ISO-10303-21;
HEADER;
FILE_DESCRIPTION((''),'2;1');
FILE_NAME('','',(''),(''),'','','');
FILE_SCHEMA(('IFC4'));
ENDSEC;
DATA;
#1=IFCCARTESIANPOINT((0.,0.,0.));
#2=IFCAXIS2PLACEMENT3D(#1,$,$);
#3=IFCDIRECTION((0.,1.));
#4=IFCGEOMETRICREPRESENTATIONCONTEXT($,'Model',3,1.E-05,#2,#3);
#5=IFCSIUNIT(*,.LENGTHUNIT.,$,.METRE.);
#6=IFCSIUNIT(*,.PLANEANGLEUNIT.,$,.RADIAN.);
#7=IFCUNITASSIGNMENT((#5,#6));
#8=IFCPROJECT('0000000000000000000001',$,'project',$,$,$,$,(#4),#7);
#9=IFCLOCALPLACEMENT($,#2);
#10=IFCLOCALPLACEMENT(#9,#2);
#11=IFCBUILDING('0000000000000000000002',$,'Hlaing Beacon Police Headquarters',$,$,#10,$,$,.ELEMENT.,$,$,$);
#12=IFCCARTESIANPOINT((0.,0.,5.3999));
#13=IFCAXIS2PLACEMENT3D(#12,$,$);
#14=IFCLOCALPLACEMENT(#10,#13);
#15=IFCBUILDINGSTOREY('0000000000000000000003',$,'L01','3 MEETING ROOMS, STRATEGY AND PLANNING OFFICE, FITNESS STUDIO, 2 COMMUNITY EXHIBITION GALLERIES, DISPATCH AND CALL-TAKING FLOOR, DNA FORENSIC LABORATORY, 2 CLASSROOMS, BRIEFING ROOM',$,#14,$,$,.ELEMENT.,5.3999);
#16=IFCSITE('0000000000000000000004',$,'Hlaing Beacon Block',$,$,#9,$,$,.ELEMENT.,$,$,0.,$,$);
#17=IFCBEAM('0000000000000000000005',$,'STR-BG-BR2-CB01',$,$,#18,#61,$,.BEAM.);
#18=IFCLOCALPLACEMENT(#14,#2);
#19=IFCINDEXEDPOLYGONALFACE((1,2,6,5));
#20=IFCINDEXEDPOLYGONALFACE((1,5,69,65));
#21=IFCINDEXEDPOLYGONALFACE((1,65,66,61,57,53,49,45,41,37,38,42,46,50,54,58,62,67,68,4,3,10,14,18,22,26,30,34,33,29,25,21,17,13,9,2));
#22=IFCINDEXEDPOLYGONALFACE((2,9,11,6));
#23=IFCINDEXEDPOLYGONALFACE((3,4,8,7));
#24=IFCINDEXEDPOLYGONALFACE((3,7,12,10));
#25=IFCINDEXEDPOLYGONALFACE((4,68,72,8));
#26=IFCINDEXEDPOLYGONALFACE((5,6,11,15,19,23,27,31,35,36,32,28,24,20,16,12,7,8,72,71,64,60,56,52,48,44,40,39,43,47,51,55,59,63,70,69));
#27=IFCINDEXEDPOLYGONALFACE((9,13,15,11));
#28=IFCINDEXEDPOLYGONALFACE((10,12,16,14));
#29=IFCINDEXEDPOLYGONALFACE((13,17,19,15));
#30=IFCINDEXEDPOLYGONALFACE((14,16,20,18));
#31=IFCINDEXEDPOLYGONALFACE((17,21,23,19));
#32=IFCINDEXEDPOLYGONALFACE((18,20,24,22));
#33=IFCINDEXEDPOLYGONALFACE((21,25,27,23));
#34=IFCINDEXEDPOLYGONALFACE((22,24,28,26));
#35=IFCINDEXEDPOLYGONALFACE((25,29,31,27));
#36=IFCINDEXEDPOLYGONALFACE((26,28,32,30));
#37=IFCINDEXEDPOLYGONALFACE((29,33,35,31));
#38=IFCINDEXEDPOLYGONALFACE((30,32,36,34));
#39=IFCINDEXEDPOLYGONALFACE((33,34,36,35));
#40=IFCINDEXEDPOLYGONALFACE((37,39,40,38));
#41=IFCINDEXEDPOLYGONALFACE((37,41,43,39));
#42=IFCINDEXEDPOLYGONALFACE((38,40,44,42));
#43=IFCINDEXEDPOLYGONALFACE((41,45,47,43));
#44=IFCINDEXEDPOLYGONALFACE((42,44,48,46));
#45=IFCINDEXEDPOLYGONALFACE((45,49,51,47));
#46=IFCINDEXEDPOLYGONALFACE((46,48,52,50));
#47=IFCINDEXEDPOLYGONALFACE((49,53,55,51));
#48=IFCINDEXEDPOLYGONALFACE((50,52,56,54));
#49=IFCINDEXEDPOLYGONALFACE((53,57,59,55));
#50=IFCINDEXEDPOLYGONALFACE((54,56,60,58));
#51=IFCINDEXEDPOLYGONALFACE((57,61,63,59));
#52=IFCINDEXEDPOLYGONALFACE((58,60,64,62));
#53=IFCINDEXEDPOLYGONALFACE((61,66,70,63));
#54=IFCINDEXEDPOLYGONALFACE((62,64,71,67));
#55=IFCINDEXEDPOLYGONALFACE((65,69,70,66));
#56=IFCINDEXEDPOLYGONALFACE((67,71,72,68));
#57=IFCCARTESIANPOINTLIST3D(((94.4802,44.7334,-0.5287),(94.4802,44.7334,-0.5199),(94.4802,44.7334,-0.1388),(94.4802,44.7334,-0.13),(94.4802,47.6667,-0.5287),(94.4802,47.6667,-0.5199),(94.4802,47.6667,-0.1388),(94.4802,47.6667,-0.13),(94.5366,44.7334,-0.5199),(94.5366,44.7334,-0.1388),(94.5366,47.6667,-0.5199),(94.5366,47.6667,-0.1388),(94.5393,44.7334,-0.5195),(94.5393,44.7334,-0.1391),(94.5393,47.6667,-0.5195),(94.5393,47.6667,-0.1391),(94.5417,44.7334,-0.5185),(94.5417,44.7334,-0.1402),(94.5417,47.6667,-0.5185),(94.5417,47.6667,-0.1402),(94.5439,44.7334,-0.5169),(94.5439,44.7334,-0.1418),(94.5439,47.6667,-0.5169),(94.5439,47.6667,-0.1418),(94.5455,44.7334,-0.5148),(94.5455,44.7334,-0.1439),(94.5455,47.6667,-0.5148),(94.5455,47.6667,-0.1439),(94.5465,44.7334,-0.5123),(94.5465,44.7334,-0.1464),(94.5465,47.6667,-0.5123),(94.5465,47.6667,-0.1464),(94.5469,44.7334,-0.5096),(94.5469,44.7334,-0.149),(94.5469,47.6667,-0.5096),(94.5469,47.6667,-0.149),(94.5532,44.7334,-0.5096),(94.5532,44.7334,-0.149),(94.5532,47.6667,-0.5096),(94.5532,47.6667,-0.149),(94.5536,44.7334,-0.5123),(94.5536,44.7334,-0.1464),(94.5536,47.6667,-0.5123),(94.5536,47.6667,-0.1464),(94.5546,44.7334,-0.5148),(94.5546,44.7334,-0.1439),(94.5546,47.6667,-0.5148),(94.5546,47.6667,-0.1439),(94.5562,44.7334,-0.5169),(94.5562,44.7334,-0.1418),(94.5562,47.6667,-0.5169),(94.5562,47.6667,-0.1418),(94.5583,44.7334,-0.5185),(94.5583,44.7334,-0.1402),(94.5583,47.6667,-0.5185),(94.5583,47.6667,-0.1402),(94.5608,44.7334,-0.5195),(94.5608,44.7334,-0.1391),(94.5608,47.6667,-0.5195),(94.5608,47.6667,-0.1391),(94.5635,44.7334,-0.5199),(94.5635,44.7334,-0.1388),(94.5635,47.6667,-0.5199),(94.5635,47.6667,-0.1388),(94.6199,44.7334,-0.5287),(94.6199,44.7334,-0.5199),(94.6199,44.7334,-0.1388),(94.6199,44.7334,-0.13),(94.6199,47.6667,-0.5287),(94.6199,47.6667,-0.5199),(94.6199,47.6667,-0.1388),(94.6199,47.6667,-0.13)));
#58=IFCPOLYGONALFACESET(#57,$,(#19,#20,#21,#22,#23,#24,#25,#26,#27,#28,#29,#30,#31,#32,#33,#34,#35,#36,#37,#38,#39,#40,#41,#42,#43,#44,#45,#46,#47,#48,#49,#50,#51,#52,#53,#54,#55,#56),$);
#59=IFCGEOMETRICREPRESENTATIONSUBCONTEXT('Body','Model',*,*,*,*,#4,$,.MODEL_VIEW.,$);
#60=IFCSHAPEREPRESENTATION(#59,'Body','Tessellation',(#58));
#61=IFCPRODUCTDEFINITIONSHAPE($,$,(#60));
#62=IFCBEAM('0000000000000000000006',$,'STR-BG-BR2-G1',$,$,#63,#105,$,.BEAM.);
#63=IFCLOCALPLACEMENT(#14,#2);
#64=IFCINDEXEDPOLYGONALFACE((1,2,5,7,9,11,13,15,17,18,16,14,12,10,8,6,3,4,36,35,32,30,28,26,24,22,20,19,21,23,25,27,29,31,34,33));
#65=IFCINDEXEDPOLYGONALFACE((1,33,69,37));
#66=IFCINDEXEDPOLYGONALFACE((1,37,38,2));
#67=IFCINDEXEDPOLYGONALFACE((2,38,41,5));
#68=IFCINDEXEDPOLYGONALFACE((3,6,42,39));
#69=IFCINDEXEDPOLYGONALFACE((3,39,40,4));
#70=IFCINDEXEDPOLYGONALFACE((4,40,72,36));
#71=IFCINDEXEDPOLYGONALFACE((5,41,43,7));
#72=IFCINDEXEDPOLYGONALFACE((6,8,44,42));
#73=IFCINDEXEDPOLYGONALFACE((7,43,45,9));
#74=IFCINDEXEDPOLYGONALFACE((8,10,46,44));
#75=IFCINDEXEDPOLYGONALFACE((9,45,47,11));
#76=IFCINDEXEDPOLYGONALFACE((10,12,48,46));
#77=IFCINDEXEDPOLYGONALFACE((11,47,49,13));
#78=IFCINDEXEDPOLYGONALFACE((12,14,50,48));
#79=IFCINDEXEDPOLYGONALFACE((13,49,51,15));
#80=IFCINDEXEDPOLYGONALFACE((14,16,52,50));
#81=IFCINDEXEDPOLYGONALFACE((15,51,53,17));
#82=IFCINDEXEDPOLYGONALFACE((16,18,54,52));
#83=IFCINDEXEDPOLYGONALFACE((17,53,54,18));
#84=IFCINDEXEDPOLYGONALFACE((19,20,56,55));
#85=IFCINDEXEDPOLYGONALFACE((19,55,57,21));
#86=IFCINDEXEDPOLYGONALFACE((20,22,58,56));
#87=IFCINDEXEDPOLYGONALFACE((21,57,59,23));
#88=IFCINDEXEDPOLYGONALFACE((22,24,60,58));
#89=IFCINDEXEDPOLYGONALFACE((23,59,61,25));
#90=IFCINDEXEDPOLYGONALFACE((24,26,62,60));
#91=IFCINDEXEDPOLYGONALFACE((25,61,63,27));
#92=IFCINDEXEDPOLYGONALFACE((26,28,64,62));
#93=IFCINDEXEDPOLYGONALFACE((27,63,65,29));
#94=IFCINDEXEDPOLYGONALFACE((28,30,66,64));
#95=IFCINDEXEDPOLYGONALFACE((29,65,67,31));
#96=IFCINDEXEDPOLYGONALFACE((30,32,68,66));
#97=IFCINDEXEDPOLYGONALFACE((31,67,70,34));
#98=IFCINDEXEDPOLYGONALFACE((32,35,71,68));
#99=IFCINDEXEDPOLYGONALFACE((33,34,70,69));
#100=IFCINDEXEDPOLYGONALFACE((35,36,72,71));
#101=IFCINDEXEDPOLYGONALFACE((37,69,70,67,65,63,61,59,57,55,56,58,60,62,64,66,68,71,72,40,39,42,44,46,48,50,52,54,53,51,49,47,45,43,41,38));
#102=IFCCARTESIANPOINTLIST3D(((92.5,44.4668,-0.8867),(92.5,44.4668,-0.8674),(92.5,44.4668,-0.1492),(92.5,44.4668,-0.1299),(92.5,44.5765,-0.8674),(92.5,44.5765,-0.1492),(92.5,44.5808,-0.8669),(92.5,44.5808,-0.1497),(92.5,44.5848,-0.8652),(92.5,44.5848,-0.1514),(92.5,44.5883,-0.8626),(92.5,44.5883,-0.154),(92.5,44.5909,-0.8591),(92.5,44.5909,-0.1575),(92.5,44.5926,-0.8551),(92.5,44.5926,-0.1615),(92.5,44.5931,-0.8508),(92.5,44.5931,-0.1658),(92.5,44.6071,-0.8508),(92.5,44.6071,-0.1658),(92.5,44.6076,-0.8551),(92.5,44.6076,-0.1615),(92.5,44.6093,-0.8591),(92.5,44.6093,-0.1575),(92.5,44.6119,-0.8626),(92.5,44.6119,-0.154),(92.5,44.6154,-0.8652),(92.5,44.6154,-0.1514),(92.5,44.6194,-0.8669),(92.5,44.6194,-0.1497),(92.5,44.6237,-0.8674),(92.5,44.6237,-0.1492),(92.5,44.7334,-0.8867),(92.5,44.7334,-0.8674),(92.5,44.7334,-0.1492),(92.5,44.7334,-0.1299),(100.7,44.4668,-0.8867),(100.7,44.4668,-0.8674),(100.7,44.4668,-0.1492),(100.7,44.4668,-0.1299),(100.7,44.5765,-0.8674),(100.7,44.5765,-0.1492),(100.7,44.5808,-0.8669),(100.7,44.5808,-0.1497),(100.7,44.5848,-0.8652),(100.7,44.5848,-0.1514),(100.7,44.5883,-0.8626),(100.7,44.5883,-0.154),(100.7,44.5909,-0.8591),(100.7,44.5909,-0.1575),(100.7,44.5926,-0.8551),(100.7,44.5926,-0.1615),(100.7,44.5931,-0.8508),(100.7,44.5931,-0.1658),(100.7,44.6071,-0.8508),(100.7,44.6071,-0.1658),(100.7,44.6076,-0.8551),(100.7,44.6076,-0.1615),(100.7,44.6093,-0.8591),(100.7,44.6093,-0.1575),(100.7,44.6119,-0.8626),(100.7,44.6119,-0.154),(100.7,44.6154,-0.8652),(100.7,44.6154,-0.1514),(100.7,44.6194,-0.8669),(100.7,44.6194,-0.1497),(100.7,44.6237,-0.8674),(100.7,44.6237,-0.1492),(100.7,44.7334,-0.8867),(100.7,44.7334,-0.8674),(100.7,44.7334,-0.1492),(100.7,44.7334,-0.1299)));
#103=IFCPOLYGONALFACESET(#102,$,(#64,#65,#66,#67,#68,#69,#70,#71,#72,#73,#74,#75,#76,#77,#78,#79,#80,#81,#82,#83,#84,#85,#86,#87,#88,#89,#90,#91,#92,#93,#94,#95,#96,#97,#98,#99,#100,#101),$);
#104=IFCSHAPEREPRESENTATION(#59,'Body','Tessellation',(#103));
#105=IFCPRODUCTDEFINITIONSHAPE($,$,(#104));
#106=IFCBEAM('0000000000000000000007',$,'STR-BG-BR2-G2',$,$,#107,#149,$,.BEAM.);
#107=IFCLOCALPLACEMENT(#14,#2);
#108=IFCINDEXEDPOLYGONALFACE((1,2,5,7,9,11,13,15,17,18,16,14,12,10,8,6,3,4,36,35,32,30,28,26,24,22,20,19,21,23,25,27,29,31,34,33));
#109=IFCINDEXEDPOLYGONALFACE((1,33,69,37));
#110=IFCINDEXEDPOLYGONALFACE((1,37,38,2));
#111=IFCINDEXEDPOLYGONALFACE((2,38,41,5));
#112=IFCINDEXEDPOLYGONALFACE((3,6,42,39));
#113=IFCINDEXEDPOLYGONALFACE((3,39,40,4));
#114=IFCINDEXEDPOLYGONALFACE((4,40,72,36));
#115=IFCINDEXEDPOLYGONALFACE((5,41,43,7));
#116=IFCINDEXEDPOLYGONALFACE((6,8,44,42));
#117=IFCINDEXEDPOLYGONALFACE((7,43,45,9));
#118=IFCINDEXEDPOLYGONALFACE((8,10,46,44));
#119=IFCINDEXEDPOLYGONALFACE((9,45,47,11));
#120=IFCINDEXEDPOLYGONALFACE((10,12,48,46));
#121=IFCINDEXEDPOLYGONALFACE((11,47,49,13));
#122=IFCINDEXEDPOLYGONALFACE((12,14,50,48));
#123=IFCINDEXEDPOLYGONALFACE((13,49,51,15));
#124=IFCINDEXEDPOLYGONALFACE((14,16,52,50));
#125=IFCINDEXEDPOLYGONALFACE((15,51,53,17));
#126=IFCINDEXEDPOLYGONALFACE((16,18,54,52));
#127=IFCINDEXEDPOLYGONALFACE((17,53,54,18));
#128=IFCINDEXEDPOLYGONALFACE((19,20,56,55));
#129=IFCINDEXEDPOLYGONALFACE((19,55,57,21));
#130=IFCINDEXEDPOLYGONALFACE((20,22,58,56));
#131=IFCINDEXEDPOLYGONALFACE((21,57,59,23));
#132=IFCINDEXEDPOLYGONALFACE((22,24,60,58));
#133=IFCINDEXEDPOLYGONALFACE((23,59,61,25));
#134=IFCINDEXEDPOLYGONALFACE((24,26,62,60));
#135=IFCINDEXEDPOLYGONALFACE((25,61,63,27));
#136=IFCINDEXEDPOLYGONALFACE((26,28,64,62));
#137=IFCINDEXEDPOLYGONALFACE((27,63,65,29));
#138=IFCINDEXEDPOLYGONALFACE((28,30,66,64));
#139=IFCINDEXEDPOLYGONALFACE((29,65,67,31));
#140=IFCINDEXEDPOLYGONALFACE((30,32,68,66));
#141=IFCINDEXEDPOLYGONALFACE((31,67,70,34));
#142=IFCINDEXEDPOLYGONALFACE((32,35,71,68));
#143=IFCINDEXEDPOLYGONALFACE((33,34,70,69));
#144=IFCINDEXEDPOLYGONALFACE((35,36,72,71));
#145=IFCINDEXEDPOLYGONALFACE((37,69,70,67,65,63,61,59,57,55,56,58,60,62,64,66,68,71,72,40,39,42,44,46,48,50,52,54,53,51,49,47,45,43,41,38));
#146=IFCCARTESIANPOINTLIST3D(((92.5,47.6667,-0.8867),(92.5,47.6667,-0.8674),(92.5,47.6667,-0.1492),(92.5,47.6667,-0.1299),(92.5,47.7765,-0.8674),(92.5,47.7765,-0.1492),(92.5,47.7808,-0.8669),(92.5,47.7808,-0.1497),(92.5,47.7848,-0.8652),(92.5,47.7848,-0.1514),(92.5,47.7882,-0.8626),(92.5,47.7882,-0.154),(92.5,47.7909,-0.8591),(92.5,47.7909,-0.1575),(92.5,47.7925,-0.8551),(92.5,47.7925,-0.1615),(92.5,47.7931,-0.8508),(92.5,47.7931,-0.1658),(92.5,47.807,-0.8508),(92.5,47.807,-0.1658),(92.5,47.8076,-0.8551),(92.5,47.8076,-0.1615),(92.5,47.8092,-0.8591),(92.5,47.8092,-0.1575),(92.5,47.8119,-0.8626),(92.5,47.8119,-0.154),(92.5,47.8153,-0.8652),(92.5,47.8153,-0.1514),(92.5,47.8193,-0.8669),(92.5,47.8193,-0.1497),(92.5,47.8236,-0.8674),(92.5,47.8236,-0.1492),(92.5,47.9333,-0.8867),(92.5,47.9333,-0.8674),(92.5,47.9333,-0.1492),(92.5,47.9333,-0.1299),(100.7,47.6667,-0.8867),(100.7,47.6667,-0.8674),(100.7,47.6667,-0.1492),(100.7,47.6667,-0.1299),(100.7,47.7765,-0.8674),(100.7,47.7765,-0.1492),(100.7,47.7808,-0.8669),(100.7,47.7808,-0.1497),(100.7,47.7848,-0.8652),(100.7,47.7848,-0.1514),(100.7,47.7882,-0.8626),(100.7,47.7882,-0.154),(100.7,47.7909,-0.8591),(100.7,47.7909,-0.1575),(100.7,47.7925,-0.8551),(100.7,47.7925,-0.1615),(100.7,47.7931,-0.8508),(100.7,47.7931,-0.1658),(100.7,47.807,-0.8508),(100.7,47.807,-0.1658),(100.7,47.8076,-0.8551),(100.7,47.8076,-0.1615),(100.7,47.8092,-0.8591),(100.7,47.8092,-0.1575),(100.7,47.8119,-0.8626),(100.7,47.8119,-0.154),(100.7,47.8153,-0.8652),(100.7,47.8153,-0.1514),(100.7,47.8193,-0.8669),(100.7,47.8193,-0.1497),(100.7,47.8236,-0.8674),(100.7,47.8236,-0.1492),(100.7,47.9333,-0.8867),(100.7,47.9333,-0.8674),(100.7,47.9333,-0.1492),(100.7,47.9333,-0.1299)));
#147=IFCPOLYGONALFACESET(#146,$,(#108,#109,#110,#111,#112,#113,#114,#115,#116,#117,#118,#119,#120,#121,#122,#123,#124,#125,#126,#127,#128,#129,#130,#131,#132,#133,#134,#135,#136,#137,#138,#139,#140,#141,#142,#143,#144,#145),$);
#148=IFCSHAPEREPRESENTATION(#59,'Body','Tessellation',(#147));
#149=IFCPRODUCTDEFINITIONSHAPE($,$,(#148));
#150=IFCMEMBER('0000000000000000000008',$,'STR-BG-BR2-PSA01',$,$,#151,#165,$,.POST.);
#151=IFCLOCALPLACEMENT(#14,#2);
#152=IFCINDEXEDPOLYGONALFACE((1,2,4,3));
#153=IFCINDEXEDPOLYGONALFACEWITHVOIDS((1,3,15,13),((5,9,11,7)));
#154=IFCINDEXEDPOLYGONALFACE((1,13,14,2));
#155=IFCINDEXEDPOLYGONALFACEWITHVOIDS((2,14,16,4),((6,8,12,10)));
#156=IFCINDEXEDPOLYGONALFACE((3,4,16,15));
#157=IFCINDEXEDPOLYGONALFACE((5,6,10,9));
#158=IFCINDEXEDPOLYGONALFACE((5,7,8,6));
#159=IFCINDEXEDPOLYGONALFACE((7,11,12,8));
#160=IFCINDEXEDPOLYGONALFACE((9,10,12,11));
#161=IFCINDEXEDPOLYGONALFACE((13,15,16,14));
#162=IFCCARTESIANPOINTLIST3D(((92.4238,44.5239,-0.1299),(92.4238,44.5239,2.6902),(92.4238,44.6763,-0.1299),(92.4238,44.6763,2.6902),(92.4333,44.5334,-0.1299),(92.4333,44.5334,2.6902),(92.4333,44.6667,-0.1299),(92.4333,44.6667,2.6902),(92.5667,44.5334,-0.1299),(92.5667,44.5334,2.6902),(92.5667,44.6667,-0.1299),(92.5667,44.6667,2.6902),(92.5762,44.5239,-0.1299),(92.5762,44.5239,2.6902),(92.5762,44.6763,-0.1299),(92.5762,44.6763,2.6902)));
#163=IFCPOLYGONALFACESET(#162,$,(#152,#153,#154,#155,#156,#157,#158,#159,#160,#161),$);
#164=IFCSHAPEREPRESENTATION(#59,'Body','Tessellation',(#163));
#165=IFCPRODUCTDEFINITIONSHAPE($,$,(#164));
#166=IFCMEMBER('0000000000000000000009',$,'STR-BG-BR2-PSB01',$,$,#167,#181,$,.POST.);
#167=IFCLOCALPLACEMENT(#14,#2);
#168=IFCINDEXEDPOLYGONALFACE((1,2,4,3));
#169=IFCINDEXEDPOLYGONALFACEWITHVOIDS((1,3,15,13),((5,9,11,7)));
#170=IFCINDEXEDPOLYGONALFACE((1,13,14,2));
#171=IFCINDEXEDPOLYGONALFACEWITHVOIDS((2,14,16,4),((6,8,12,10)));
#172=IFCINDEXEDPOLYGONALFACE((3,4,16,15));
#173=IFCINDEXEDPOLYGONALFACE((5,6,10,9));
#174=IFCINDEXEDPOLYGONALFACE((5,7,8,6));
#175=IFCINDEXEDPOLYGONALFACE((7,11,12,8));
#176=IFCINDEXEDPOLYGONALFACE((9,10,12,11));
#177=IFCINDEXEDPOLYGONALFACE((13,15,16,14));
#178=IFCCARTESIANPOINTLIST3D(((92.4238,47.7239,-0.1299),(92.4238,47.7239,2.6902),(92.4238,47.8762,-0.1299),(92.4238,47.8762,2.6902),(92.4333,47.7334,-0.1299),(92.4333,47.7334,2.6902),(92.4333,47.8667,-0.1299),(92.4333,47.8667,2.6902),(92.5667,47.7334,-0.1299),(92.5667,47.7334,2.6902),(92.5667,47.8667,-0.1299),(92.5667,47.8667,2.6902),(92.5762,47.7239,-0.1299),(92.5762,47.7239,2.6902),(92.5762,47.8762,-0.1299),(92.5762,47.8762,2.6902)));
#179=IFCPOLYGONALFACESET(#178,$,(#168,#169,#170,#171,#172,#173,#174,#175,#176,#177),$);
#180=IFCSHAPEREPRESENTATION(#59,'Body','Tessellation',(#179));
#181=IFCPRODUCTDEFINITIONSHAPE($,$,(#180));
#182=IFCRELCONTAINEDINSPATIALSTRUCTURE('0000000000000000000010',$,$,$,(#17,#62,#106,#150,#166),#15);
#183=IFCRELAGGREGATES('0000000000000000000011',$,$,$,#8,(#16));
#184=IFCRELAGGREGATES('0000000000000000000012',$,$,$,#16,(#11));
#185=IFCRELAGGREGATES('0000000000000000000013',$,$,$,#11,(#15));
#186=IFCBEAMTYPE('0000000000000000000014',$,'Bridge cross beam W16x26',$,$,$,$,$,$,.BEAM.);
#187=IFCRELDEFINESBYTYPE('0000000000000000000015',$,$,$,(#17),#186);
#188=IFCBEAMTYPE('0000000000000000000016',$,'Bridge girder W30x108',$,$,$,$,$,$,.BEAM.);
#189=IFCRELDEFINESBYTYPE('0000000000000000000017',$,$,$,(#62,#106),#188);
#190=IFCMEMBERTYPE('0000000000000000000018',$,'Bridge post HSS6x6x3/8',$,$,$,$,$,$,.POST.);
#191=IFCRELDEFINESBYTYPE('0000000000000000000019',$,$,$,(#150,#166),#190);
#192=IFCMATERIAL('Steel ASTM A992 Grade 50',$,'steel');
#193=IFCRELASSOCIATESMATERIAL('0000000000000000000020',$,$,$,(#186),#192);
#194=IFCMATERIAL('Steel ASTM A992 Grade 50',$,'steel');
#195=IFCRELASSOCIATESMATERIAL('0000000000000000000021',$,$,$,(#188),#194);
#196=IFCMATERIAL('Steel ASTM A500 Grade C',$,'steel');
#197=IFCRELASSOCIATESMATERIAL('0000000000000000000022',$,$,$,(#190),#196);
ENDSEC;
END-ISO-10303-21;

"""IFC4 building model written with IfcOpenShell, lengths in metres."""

from ifc_helpers import new_model, si_unit, direction, frame, origin, origin_2d, place, context, subcontext, project, spatial, hollow_rectangle, i_section, extrude, material, material_profile, profile_set, type_object, element, save


model = new_model("IFC4")

# Units and contexts
model_context = context("Model", 3, precision=1e-05, world=origin(), true_north=direction((0.0, 1.0)))
body_context = subcontext(model_context, "Body", "Model", "MODEL_VIEW")
ifc_project = project(units=[si_unit("LENGTHUNIT", "METRE"), si_unit("PLANEANGLEUNIT", "RADIAN")], contexts=[model_context])

# Site, building, storey
site_placement = place(None, origin())
site = spatial("IfcSite", under=ifc_project, at=site_placement, Name="Hlaing Beacon Block", CompositionType="ELEMENT", RefElevation=0.0)
building_placement = place(site_placement, origin())
building = spatial("IfcBuilding", under=site, at=building_placement, Name="Hlaing Beacon Police Headquarters", CompositionType="ELEMENT")
storey_placement = place(building_placement, frame((0.0, 0.0, 5.3999)))
storey = spatial("IfcBuildingStorey", under=building, at=storey_placement, Name="L01", Description="3 MEETING ROOMS, STRATEGY AND PLANNING OFFICE, FITNESS STUDIO, 2 COMMUNITY EXHIBITION GALLERIES, DISPATCH AND CALL-TAKING FLOOR, DNA FORENSIC LABORATORY, 2 CLASSROOMS, BRIEFING ROOM", CompositionType="ELEMENT", Elevation=5.3999)

# Beams
ifc_material_1 = material(Name="Steel ASTM A992 Grade 50", Category="steel")
ifc_material_profile_1 = material_profile(ifc_material_1, i_section(OverallWidth=0.1396, OverallDepth=0.3987, WebThickness=0.0063, FlangeThickness=0.0088, FilletRadius=0.0103, at=origin_2d()), Name="W16x26")
ifc_profile_set_1 = profile_set([ifc_material_profile_1], Name="Steel ASTM A992 Grade 50")
beam_type_1 = type_object("IfcBeamType", Name="Bridge cross beam W16x26", PredefinedType="BEAM", material=ifc_profile_set_1)
beam_1_placement = place(storey_placement, frame((94.55, 44.7334, -0.3293), z_axis=(0.0, 1.0, 0.0), x_axis=(-1.0, 0.0, 0.0)))
element("IfcBeam", 1, at=beam_1_placement, inside=storey, type_object=beam_type_1, Name="STR-BG-BR2-CB01", PredefinedType="BEAM", context=body_context, shape_type="SweptSolid", body=[
    extrude(i_section(OverallWidth=0.1396, OverallDepth=0.3987, WebThickness=0.0063, FlangeThickness=0.0088, FilletRadius=0.0103, at=origin_2d()), origin(), (0.0, 0.0, 1.0), 2.9333),
])
ifc_material_2 = material(Name="Steel ASTM A992 Grade 50", Category="steel")
ifc_material_profile_2 = material_profile(ifc_material_2, i_section(OverallWidth=0.2666, OverallDepth=0.7568, WebThickness=0.0139, FlangeThickness=0.0193, FilletRadius=0.0166, at=origin_2d()), Name="W30x108")
ifc_profile_set_2 = profile_set([ifc_material_profile_2], Name="Steel ASTM A992 Grade 50")
beam_type_2 = type_object("IfcBeamType", Name="Bridge girder W30x108", PredefinedType="BEAM", material=ifc_profile_set_2)
for number, where, z_axis, x_axis, name in (
    (2, (92.5, 44.6001, -0.5083), (1.0, 0.0, 0.0), (0.0, 1.0, 0.0), "STR-BG-BR2-G1"),
    (3, (92.5, 47.8, -0.5083), (1.0, 0.0, 0.0), (0.0, 1.0, 0.0), "STR-BG-BR2-G2"),
):
    element("IfcBeam", number, at=place(storey_placement, frame(where, z_axis=z_axis, x_axis=x_axis)), inside=storey, type_object=beam_type_2, Name=name, PredefinedType="BEAM", context=body_context, shape_type="SweptSolid", body=[
        extrude(i_section(OverallWidth=0.2666, OverallDepth=0.7568, WebThickness=0.0139, FlangeThickness=0.0193, FilletRadius=0.0166, at=origin_2d()), origin(), (0.0, 0.0, 1.0), 8.2),
    ])

# Members
ifc_material_3 = material(Name="Steel ASTM A500 Grade C", Category="steel")
ifc_material_profile_3 = material_profile(ifc_material_3, hollow_rectangle(XDim=0.1523, YDim=0.1523, WallThickness=0.0095, at=origin_2d()), Name="HSS6x6x3/8")
ifc_profile_set_3 = profile_set([ifc_material_profile_3], Name="Steel ASTM A500 Grade C")
member_type_1 = type_object("IfcMemberType", Name="Bridge post HSS6x6x3/8", PredefinedType="POST", material=ifc_profile_set_3)
for number, where, z_axis, x_axis, name in (
    (4, (92.5, 44.6001, -0.1299), (0.0, 0.0, 1.0), (1.0, 0.0, 0.0), "STR-BG-BR2-PSA01"),
    (5, (92.5, 47.8, -0.1299), (0.0, 0.0, 1.0), (1.0, 0.0, 0.0), "STR-BG-BR2-PSB01"),
):
    element("IfcMember", number, at=place(storey_placement, frame(where, z_axis=z_axis, x_axis=x_axis)), inside=storey, type_object=member_type_1, Name=name, PredefinedType="POST", context=body_context, shape_type="SweptSolid", body=[
        extrude(hollow_rectangle(XDim=0.1523, YDim=0.1523, WallThickness=0.0095, at=origin_2d()), origin(), (0.0, 0.0, 1.0), 2.8201),
    ])

save(model, "model.ifc")
